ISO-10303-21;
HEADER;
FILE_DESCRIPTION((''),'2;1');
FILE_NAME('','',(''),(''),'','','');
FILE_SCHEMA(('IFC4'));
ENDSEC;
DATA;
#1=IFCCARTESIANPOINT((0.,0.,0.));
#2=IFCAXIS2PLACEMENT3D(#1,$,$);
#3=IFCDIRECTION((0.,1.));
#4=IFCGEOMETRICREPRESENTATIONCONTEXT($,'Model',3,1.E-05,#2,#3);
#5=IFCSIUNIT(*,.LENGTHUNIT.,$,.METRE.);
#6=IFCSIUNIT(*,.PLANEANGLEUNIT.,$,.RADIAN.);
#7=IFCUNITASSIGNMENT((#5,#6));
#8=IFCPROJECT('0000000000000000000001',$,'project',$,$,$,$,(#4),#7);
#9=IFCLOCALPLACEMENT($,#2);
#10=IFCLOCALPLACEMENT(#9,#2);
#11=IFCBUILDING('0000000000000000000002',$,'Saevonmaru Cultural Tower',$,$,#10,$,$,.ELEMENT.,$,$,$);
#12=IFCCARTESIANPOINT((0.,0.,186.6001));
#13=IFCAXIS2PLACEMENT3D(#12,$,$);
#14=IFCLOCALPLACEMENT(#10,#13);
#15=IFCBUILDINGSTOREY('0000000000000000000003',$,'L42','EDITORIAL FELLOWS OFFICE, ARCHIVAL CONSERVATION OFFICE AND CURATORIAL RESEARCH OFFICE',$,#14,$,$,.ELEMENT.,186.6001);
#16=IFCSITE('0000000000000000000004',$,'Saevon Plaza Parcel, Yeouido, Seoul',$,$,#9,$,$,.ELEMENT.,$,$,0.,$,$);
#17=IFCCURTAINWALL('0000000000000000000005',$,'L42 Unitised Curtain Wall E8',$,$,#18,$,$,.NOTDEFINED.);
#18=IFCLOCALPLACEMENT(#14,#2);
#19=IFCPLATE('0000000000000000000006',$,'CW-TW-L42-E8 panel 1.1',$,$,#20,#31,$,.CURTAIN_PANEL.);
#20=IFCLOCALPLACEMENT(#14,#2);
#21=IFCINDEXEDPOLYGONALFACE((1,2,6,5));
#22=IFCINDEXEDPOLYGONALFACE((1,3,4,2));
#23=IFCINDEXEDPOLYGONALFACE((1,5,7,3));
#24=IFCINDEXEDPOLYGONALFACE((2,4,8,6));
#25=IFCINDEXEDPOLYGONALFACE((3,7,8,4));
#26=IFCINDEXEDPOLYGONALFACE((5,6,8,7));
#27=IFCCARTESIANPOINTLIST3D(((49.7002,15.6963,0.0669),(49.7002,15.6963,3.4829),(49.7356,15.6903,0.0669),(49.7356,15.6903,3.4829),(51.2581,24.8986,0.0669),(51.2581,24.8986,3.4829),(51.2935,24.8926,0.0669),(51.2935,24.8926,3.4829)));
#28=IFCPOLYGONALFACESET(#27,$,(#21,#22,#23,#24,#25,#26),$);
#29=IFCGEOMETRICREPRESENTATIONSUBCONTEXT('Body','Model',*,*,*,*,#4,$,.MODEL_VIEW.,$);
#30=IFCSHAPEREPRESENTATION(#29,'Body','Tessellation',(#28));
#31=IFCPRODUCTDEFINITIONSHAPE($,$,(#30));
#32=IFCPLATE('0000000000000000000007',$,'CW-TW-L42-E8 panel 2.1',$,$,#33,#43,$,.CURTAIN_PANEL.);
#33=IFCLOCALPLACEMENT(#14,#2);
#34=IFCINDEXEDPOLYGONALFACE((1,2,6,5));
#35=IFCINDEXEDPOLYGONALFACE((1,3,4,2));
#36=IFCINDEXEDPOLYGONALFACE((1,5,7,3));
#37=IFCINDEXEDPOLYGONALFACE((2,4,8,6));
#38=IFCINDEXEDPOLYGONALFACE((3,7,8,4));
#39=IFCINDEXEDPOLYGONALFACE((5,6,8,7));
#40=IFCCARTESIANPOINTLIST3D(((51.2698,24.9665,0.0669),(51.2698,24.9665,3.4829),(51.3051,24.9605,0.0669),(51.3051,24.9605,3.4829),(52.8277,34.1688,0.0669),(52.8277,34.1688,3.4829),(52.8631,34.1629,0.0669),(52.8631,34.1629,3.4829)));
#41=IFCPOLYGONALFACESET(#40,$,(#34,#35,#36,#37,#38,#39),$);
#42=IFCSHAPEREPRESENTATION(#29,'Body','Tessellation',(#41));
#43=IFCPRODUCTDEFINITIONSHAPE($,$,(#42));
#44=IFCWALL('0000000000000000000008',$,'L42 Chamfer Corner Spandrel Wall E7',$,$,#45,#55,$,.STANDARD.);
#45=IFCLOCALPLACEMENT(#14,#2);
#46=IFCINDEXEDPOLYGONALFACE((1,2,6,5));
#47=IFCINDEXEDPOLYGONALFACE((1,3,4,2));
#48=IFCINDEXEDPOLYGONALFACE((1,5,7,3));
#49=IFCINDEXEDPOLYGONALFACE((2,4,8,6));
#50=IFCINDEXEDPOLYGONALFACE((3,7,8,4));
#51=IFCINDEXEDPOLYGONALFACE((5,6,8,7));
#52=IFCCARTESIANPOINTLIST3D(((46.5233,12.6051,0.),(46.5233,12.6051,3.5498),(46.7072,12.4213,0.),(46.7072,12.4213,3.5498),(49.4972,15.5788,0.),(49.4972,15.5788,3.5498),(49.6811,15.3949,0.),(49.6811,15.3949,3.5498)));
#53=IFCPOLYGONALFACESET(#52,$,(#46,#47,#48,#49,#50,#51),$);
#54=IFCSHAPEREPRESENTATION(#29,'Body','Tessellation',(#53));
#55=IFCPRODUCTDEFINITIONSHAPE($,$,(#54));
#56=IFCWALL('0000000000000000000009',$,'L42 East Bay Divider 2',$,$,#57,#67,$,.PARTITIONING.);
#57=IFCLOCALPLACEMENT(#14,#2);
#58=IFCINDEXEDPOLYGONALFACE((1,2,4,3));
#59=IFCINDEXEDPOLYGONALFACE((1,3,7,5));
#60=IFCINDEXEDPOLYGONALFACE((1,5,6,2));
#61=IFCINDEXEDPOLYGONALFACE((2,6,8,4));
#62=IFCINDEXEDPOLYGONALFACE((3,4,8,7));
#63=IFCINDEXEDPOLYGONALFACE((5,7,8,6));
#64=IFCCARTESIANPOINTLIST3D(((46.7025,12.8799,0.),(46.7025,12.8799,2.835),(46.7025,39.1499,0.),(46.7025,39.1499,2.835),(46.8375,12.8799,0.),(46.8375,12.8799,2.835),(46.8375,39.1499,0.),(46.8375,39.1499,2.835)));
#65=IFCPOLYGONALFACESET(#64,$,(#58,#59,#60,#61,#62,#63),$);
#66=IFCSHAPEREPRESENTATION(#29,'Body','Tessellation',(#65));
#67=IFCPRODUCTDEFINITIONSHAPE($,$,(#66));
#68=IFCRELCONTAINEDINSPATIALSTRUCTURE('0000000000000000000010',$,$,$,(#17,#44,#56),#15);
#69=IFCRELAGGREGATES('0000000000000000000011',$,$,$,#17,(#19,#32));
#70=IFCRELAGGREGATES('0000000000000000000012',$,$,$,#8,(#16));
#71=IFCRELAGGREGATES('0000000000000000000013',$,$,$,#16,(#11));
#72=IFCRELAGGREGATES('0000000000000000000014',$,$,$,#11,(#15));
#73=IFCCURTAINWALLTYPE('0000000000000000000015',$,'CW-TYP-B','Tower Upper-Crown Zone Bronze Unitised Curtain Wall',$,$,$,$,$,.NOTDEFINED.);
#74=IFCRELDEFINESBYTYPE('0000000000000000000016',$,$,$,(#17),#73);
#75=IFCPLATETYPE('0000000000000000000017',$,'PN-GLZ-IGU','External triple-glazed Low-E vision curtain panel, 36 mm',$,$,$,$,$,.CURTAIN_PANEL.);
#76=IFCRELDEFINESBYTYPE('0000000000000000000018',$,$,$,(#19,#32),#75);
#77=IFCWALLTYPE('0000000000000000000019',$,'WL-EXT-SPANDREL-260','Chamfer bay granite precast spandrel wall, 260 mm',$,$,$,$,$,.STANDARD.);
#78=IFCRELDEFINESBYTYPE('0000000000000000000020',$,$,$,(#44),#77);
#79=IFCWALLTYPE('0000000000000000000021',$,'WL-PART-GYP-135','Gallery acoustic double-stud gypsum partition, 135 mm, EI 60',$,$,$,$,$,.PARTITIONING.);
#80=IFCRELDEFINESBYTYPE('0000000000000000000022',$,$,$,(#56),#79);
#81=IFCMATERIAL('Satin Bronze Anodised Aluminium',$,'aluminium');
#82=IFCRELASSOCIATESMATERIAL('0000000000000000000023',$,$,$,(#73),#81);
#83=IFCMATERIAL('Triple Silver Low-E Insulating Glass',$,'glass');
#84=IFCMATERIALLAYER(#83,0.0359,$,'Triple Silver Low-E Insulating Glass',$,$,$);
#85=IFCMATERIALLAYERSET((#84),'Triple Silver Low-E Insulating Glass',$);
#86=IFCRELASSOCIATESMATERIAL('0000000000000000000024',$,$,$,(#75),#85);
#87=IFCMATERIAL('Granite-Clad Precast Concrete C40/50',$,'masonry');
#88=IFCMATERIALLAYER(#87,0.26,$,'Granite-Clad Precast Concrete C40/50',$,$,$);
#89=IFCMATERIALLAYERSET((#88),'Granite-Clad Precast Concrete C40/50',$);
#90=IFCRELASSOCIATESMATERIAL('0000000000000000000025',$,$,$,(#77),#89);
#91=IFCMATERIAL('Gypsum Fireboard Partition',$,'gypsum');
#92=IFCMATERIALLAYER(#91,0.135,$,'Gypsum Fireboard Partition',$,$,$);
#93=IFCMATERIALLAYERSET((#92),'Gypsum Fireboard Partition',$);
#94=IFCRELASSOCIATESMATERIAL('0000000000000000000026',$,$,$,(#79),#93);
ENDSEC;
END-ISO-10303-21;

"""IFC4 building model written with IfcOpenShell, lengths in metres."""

from ifc_helpers import new_model, si_unit, direction, frame, frame_2d, origin, origin_2d, place, context, subcontext, project, spatial, rectangle, extrude, material, layer, layer_set, type_object, element, aggregate, save


model = new_model("IFC4")

# Units and contexts
model_context = context("Model", 3, precision=1e-05, world=origin(), true_north=direction((0.0, 1.0)))
body_context = subcontext(model_context, "Body", "Model", "MODEL_VIEW")
ifc_project = project(units=[si_unit("LENGTHUNIT", "METRE"), si_unit("PLANEANGLEUNIT", "RADIAN")], contexts=[model_context])

# Site, building, storey
site_placement = place(None, origin())
site = spatial("IfcSite", under=ifc_project, at=site_placement, Name="Saevon Plaza Parcel, Yeouido, Seoul", CompositionType="ELEMENT", RefElevation=0.0)
building_placement = place(site_placement, origin())
building = spatial("IfcBuilding", under=site, at=building_placement, Name="Saevonmaru Cultural Tower", CompositionType="ELEMENT")
storey_placement = place(building_placement, frame((0.0, 0.0, 186.6001)))
storey = spatial("IfcBuildingStorey", under=building, at=storey_placement, Name="L42", Description="EDITORIAL FELLOWS OFFICE, ARCHIVAL CONSERVATION OFFICE AND CURATORIAL RESEARCH OFFICE", CompositionType="ELEMENT", Elevation=186.6001)

# Shared definitions
ifc_material_1 = material(Name="Satin Bronze Anodised Aluminium", Category="aluminium")
curtain_wall_type = type_object("IfcCurtainWallType", Name="CW-TYP-B", Description="Tower Upper-Crown Zone Bronze Unitised Curtain Wall", PredefinedType="NOTDEFINED", material=ifc_material_1)

# Curtain wall
curtain_wall_1_placement = place(storey_placement, origin())
curtain_wall_1 = element("IfcCurtainWall", 1, at=curtain_wall_1_placement, inside=storey, type_object=curtain_wall_type, Name="L42 Unitised Curtain Wall E8", PredefinedType="NOTDEFINED")

# Plates
ifc_material_2 = material(Name="Triple Silver Low-E Insulating Glass", Category="glass")
ifc_layer_1 = layer(ifc_material_2, 0.0359, Name="Triple Silver Low-E Insulating Glass")
ifc_layer_set_1 = layer_set([ifc_layer_1], Name="Triple Silver Low-E Insulating Glass")
plate_type = type_object("IfcPlateType", Name="PN-GLZ-IGU", Description="External triple-glazed Low-E vision curtain panel, 36 mm", PredefinedType="CURTAIN_PANEL", material=ifc_layer_set_1)
plate_1_placement = place(storey_placement, frame((50.4968, 20.2944, 0.0669), z_axis=(0.0, 0.0, 1.0), x_axis=(0.166922, 0.98597, 0.0)))
plate_1 = element("IfcPlate", 2, at=plate_1_placement, type_object=plate_type, Name="CW-TW-L42-E8 panel 1.1", PredefinedType="CURTAIN_PANEL", context=body_context, shape_type="SweptSolid", body=[
    extrude(rectangle(XDim=9.3333, YDim=0.0359, at=origin_2d()), origin(), (0.0, 0.0, 1.0), 3.416),
])
plate_2_placement = place(storey_placement, frame((52.0664, 29.5647, 0.0669), z_axis=(0.0, 0.0, 1.0), x_axis=(0.166922, 0.98597, 0.0)))
plate_2 = element("IfcPlate", 3, at=plate_2_placement, type_object=plate_type, Name="CW-TW-L42-E8 panel 2.1", PredefinedType="CURTAIN_PANEL", context=body_context, shape_type="SweptSolid", body=[
    extrude(rectangle(XDim=9.3333, YDim=0.0359, at=origin_2d()), origin(), (0.0, 0.0, 1.0), 3.416),
])
aggregate(curtain_wall_1, [plate_1, plate_2])

# Walls
ifc_material_3 = material(Name="Granite-Clad Precast Concrete C40/50", Category="masonry")
ifc_layer_2 = layer(ifc_material_3, 0.26, Name="Granite-Clad Precast Concrete C40/50")
ifc_layer_set_2 = layer_set([ifc_layer_2], Name="Granite-Clad Precast Concrete C40/50")
wall_type_1 = type_object("IfcWallType", Name="WL-EXT-SPANDREL-260", Description="Chamfer bay granite precast spandrel wall, 260 mm", PredefinedType="STANDARD", material=ifc_layer_set_2)
wall_1_placement = place(storey_placement, frame((46.6152, 12.5132, 0.0), z_axis=(0.0, 0.0, 1.0), x_axis=(0.707136, 0.707078, 0.0)))
element("IfcWall", 4, at=wall_1_placement, inside=storey, type_object=wall_type_1, Name="L42 Chamfer Corner Spandrel Wall E7", PredefinedType="STANDARD", context=body_context, shape_type="SweptSolid", body=[
    extrude(rectangle(XDim=4.2056, YDim=0.26, at=frame_2d((2.1028, 0.0))), origin(), (0.0, 0.0, 1.0), 3.5498),
])
ifc_material_4 = material(Name="Gypsum Fireboard Partition", Category="gypsum")
ifc_layer_3 = layer(ifc_material_4, 0.135, Name="Gypsum Fireboard Partition")
ifc_layer_set_3 = layer_set([ifc_layer_3], Name="Gypsum Fireboard Partition")
wall_type_2 = type_object("IfcWallType", Name="WL-PART-GYP-135", Description="Gallery acoustic double-stud gypsum partition, 135 mm, EI 60", PredefinedType="PARTITIONING", material=ifc_layer_set_3)
wall_2_placement = place(storey_placement, frame((46.77, 12.8799, 0.0), z_axis=(0.0, 0.0, 1.0), x_axis=(0.0, 1.0, 0.0)))
element("IfcWall", 5, at=wall_2_placement, inside=storey, type_object=wall_type_2, Name="L42 East Bay Divider 2", PredefinedType="PARTITIONING", context=body_context, shape_type="SweptSolid", body=[
    extrude(rectangle(XDim=26.27, YDim=0.135, at=frame_2d((13.135, 0.0))), origin(), (0.0, 0.0, 1.0), 2.835),
])

save(model, "model.ifc")
